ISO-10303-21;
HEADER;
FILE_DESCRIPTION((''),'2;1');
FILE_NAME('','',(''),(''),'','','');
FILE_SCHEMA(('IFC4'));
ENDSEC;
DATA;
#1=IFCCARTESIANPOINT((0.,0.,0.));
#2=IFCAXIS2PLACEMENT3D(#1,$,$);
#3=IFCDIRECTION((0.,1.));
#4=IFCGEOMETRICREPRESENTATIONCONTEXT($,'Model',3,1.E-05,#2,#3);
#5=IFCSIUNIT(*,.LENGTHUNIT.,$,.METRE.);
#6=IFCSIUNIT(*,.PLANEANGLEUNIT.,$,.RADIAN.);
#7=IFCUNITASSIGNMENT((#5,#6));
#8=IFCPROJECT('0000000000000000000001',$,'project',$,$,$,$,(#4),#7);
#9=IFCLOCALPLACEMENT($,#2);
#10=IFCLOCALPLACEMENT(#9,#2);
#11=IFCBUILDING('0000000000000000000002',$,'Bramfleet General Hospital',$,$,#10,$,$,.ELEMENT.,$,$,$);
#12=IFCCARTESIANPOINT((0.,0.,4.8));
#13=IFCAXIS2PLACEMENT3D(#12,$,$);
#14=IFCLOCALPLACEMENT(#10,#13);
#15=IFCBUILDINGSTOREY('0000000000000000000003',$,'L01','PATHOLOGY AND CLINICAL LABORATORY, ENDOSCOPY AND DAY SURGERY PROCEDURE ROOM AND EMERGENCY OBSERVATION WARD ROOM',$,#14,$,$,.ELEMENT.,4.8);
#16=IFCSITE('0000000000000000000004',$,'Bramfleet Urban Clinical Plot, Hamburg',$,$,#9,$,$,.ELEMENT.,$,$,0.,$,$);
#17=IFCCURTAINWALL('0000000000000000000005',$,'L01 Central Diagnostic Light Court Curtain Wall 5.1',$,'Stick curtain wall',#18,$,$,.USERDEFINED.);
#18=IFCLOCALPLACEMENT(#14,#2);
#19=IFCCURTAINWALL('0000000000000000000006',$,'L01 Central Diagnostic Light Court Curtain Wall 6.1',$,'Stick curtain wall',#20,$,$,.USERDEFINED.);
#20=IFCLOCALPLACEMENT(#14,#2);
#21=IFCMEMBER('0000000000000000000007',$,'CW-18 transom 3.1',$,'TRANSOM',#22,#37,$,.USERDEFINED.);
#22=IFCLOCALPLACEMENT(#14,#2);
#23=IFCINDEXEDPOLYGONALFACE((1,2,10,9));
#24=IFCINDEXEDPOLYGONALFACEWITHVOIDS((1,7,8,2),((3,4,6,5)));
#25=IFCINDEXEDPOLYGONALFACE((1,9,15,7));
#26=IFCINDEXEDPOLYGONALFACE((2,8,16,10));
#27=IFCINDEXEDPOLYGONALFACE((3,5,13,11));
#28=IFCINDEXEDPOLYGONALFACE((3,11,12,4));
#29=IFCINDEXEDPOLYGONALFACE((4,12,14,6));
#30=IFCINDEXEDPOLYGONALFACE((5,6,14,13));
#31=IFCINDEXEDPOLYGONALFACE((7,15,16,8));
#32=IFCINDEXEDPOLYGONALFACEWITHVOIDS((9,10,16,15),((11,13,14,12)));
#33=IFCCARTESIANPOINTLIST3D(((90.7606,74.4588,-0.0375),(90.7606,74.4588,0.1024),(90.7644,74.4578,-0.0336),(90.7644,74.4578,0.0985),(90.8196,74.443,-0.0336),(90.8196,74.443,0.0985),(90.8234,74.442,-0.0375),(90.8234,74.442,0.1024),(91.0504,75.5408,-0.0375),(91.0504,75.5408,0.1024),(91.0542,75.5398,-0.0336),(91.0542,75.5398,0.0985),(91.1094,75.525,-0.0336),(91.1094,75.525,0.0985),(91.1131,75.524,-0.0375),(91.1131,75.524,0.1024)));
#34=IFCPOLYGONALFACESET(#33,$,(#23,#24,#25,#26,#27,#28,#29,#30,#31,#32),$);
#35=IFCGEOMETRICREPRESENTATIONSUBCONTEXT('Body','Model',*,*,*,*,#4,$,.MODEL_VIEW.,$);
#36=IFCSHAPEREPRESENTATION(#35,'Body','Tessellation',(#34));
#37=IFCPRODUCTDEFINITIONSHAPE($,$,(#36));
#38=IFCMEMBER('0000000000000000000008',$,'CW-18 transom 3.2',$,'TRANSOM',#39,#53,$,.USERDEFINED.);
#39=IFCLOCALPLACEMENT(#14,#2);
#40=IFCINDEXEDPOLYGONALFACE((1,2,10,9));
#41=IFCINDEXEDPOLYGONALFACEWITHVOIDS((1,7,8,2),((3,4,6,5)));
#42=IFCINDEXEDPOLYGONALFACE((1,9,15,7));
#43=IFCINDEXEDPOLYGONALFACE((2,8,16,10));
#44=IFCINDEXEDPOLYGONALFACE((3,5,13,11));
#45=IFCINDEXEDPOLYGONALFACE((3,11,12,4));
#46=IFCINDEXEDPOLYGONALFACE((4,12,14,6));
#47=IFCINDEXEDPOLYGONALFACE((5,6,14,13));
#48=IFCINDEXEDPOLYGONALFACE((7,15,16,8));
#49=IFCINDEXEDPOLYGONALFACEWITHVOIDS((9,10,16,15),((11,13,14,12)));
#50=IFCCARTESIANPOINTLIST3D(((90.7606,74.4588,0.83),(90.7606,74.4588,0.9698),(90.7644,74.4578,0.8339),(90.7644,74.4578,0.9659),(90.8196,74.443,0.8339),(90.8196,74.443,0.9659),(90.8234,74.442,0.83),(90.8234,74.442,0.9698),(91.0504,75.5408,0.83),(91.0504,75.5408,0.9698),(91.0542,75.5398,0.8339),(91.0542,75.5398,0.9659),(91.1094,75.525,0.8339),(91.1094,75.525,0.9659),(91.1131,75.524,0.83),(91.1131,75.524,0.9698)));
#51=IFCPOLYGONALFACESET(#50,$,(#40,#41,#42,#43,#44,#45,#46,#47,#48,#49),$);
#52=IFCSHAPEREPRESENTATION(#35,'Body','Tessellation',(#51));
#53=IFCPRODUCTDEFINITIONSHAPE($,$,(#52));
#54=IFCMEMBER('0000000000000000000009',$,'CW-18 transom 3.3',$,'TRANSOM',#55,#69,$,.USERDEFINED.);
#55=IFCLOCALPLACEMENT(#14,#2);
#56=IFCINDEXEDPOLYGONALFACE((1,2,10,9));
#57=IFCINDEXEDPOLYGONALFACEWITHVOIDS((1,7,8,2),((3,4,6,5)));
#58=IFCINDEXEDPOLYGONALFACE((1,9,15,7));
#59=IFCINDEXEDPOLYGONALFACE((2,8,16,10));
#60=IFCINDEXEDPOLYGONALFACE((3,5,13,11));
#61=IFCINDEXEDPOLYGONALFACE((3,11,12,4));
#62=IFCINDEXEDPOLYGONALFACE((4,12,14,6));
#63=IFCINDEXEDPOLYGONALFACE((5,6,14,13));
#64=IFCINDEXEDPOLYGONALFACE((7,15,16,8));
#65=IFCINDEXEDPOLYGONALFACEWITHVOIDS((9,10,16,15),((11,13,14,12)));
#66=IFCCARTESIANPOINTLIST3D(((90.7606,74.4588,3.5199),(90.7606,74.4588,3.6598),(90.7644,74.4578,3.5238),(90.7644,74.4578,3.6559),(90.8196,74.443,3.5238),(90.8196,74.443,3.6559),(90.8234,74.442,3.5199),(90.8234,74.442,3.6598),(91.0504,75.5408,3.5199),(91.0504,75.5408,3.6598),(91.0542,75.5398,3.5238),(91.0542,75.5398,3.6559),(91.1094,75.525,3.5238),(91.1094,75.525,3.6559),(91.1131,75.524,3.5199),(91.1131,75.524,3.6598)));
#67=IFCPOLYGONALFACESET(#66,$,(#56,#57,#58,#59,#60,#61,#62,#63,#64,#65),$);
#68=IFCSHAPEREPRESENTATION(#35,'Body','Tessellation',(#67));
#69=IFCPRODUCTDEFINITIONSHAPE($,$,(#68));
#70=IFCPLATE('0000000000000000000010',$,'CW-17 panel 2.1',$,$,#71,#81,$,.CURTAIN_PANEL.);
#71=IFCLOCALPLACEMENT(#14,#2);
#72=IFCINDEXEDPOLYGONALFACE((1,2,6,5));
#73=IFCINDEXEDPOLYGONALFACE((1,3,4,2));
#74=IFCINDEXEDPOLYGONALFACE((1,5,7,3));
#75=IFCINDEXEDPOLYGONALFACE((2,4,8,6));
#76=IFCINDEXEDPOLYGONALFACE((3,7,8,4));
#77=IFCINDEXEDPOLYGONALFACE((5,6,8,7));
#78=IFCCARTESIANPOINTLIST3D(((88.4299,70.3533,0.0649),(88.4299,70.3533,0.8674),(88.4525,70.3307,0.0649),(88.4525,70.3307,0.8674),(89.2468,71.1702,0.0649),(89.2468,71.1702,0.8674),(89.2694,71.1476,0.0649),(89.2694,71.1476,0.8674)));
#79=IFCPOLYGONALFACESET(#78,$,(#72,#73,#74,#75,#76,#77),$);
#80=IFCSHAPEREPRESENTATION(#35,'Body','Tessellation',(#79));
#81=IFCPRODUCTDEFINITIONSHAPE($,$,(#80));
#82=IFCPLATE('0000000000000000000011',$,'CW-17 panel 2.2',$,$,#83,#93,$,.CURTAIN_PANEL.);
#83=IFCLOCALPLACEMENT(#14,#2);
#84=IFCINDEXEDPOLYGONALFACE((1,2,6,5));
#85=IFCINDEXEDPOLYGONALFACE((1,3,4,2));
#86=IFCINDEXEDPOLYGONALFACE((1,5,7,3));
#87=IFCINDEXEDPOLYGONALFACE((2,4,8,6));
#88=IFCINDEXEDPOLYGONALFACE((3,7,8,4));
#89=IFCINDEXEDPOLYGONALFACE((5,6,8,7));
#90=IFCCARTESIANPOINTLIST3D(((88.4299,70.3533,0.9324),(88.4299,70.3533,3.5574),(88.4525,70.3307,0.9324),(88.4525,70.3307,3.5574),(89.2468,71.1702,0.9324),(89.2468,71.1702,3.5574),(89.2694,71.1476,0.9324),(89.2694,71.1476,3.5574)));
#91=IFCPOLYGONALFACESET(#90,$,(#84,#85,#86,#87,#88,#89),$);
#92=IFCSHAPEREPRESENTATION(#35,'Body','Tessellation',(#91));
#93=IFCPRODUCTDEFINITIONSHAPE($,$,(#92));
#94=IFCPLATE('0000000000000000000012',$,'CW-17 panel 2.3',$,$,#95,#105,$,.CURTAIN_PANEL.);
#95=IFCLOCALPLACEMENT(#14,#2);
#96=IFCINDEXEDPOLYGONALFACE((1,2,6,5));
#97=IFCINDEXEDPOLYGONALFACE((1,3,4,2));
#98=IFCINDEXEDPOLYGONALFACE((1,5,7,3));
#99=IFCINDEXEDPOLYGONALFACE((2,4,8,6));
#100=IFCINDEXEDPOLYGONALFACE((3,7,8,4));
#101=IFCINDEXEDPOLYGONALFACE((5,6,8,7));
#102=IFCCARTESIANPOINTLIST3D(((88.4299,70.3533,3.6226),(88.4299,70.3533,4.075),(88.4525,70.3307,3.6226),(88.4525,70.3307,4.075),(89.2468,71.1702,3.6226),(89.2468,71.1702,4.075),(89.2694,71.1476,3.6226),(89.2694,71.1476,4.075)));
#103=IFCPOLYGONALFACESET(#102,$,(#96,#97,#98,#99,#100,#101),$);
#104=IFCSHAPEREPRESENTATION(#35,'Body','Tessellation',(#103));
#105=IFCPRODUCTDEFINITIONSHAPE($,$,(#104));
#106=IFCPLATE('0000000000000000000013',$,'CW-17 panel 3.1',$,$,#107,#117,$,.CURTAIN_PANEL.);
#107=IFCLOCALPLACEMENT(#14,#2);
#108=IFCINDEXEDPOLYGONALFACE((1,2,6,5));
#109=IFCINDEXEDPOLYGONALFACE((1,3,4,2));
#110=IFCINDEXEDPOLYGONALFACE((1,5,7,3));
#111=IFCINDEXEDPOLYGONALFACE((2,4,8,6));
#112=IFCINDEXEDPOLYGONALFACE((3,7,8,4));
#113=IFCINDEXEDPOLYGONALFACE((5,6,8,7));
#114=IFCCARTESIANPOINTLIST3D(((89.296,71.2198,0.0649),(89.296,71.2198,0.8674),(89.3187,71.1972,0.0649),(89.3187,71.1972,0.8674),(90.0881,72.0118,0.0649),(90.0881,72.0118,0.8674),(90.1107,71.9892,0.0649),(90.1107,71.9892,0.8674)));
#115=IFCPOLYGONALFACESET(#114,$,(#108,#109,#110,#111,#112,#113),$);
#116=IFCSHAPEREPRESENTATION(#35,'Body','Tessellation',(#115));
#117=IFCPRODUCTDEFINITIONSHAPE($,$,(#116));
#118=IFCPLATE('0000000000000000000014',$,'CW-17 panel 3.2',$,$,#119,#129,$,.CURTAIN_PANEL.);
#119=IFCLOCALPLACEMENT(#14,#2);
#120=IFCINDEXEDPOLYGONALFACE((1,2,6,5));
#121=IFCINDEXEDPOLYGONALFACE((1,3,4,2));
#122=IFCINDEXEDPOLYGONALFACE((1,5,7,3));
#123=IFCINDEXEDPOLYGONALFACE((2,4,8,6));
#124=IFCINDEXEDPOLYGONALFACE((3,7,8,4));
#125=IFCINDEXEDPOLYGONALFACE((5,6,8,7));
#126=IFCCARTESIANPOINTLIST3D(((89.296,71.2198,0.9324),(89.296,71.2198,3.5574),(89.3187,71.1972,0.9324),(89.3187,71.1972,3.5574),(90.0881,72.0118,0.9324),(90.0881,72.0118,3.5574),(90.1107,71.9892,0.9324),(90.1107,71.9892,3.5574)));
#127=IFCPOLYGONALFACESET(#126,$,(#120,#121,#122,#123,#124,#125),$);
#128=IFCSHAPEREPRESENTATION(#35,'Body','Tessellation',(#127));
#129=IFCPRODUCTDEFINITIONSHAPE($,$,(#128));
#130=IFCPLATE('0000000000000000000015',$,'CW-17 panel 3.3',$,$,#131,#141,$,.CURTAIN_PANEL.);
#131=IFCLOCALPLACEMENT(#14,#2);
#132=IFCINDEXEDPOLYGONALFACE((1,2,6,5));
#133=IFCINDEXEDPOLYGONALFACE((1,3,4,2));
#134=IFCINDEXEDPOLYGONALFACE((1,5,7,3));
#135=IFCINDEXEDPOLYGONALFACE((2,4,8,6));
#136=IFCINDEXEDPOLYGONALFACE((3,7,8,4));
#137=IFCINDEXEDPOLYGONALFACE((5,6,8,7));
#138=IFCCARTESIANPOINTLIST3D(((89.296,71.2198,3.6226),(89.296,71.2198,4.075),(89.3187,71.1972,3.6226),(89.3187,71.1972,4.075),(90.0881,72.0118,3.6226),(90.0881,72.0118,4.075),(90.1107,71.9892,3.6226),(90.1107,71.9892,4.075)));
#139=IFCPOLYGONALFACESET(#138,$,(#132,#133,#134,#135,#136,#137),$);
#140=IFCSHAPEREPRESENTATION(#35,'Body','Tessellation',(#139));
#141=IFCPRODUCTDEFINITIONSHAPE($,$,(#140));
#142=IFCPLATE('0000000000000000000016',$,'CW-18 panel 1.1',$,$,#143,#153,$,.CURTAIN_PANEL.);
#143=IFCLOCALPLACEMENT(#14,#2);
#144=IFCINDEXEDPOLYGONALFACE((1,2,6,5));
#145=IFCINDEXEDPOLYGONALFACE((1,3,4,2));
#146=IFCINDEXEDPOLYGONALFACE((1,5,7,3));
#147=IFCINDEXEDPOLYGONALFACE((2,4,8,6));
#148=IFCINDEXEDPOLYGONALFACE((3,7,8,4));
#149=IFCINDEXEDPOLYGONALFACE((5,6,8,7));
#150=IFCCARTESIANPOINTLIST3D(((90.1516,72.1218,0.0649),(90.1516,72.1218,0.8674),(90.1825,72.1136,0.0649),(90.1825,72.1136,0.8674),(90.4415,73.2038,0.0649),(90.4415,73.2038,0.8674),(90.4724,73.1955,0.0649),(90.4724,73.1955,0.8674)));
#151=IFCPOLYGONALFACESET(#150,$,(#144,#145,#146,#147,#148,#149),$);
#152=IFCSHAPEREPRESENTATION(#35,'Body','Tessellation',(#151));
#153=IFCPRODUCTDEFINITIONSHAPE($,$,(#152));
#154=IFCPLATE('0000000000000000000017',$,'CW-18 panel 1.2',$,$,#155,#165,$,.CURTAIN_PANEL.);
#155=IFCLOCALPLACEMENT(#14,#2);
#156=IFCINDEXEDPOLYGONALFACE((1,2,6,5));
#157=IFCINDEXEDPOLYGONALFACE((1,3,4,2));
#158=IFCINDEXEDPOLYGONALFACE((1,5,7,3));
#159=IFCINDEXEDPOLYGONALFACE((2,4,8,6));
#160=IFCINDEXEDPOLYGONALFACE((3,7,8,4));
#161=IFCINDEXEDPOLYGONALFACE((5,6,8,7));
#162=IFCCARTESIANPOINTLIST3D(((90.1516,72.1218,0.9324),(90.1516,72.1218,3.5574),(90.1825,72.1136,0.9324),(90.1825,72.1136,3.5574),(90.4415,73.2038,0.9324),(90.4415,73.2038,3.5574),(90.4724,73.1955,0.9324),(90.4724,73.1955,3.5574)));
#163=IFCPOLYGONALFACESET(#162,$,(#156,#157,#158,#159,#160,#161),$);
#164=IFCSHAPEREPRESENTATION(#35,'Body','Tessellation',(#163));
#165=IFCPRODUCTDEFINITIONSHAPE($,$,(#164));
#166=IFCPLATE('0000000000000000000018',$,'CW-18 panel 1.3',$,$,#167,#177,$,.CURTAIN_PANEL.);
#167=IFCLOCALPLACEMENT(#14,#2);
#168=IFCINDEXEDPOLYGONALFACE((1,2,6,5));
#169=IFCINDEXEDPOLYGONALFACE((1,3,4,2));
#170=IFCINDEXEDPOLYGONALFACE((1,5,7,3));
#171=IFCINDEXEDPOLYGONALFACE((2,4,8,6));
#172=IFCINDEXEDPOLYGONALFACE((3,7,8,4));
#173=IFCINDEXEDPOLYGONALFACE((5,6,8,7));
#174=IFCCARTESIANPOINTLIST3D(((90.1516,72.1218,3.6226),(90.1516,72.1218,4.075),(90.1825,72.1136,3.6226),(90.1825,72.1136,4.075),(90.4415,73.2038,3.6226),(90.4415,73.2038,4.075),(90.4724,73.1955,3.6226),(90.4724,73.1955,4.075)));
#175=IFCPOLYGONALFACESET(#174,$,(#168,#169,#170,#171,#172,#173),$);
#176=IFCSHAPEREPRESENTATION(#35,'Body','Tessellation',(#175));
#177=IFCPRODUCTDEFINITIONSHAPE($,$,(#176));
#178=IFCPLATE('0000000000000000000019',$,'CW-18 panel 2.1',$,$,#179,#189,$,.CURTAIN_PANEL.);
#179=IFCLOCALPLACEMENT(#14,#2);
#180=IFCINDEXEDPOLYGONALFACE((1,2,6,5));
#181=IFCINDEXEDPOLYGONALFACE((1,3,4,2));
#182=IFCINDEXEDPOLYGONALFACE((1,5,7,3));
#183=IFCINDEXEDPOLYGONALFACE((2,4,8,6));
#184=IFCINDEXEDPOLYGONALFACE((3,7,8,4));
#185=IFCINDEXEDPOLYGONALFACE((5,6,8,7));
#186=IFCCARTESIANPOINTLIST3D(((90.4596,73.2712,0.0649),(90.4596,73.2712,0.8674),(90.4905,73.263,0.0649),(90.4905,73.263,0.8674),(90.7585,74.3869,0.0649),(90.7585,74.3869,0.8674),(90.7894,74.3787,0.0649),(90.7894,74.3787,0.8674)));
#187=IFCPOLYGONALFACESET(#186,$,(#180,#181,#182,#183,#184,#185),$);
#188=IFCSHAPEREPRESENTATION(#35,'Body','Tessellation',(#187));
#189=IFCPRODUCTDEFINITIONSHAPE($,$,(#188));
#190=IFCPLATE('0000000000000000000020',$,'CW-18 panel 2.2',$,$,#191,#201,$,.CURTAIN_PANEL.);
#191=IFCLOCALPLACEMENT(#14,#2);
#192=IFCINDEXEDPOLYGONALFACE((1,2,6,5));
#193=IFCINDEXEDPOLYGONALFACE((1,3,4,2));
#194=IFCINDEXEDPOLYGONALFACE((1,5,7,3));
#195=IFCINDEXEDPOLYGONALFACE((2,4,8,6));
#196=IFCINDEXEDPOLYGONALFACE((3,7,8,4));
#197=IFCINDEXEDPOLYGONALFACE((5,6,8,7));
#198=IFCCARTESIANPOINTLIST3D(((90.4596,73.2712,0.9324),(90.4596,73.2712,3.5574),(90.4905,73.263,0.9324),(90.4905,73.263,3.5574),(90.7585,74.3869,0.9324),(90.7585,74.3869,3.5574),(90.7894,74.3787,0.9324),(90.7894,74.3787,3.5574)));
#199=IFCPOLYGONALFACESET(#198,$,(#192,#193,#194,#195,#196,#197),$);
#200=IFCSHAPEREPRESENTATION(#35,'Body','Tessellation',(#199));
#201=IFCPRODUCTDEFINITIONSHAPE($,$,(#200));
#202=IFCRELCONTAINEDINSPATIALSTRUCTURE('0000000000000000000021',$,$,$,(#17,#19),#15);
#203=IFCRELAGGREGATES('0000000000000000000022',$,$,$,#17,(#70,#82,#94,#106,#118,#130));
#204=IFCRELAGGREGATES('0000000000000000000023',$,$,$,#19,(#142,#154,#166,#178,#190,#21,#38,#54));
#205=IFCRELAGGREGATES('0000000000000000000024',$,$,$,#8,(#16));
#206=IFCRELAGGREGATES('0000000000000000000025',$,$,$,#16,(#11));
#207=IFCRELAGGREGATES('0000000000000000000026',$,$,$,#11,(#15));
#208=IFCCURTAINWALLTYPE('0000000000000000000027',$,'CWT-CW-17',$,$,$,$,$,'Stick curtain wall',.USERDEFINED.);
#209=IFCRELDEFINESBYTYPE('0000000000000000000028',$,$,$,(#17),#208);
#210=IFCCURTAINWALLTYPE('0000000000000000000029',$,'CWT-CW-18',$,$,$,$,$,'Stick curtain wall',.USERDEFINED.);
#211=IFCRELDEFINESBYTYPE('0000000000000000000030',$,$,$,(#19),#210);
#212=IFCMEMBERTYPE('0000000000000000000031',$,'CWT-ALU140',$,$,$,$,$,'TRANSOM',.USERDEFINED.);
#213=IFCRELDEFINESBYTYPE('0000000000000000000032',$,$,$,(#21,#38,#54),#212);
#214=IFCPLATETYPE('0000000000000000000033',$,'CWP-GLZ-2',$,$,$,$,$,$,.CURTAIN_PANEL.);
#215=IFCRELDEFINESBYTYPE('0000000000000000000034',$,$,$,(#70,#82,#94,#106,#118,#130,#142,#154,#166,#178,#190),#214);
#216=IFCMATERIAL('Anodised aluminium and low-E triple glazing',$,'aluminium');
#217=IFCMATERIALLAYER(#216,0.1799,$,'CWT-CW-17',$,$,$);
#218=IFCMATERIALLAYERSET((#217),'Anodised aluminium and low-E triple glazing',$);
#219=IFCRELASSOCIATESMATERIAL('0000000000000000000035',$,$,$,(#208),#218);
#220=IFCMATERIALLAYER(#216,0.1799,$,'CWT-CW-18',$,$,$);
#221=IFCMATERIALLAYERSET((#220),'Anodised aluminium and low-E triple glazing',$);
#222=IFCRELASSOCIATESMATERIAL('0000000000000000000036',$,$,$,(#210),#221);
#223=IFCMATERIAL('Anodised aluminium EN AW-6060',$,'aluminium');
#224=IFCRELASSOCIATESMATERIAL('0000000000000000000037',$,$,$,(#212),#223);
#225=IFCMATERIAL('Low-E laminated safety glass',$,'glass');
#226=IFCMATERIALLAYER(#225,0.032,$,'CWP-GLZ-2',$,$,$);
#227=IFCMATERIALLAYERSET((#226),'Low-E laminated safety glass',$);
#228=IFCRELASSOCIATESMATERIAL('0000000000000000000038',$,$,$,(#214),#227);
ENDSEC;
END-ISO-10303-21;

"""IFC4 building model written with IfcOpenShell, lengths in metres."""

from ifc_helpers import new_model, si_unit, direction, frame, origin, origin_2d, place, context, subcontext, project, spatial, rectangle, hollow_rectangle, extrude, material, layer, layer_set, material_profile, profile_set, type_object, element, aggregate, save


model = new_model("IFC4")

# Units and contexts
model_context = context("Model", 3, precision=1e-05, world=origin(), true_north=direction((0.0, 1.0)))
body_context = subcontext(model_context, "Body", "Model", "MODEL_VIEW")
ifc_project = project(units=[si_unit("LENGTHUNIT", "METRE"), si_unit("PLANEANGLEUNIT", "RADIAN")], contexts=[model_context])

# Site, building, storey
site_placement = place(None, origin())
site = spatial("IfcSite", under=ifc_project, at=site_placement, Name="Bramfleet Urban Clinical Plot, Hamburg", CompositionType="ELEMENT", RefElevation=0.0)
building_placement = place(site_placement, origin())
building = spatial("IfcBuilding", under=site, at=building_placement, Name="Bramfleet General Hospital", CompositionType="ELEMENT")
storey_placement = place(building_placement, frame((0.0, 0.0, 4.8)))
storey = spatial("IfcBuildingStorey", under=building, at=storey_placement, Name="L01", Description="PATHOLOGY AND CLINICAL LABORATORY, ENDOSCOPY AND DAY SURGERY PROCEDURE ROOM AND EMERGENCY OBSERVATION WARD ROOM", CompositionType="ELEMENT", Elevation=4.8)

# Curtain walls
ifc_material_1 = material(Name="Anodised aluminium and low-E triple glazing", Category="aluminium")
ifc_layer_1 = layer(ifc_material_1, 0.1799, Name="CWT-CW-17")
ifc_layer_set_1 = layer_set([ifc_layer_1], Name="Anodised aluminium and low-E triple glazing")
curtain_wall_type_1 = type_object("IfcCurtainWallType", Name="CWT-CW-17", ElementType="Stick curtain wall", PredefinedType="USERDEFINED", material=ifc_layer_set_1)
curtain_wall_1_placement = place(storey_placement, origin())
curtain_wall_1 = element("IfcCurtainWall", 1, at=curtain_wall_1_placement, inside=storey, type_object=curtain_wall_type_1, Name="L01 Central Diagnostic Light Court Curtain Wall 5.1", ObjectType="Stick curtain wall", PredefinedType="USERDEFINED")
ifc_material_2 = material(Name="Anodised aluminium EN AW-6060", Category="aluminium")
ifc_layer_2 = layer(ifc_material_1, 0.1799, Name="CWT-CW-18")
ifc_layer_set_2 = layer_set([ifc_layer_2], Name="Anodised aluminium and low-E triple glazing")
curtain_wall_type_2 = type_object("IfcCurtainWallType", Name="CWT-CW-18", ElementType="Stick curtain wall", PredefinedType="USERDEFINED", material=ifc_layer_set_2)
curtain_wall_2_placement = place(storey_placement, origin())
curtain_wall_2 = element("IfcCurtainWall", 2, at=curtain_wall_2_placement, inside=storey, type_object=curtain_wall_type_2, Name="L01 Central Diagnostic Light Court Curtain Wall 6.1", ObjectType="Stick curtain wall", PredefinedType="USERDEFINED")

# Members
ifc_material_profile_1 = material_profile(ifc_material_2, hollow_rectangle(XDim=0.0649, YDim=0.1399, WallThickness=0.0039, at=origin_2d()), Name="ALU 140x65x4.0")
ifc_profile_set_1 = profile_set([ifc_material_profile_1], Name="Anodised aluminium EN AW-6060")
member_type_1 = type_object("IfcMemberType", Name="CWT-ALU140", ElementType="TRANSOM", PredefinedType="USERDEFINED", material=ifc_profile_set_1)
member_1_placement = place(storey_placement, frame((90.792, 74.4504, 0.0325), z_axis=(0.258707, 0.965956, 0.0), x_axis=(-0.965956, 0.258707, 0.0)))
member_1 = element("IfcMember", 3, at=member_1_placement, type_object=member_type_1, Name="CW-18 transom 3.1", ObjectType="TRANSOM", PredefinedType="USERDEFINED", context=body_context, shape_type="SweptSolid", body=[
    extrude(hollow_rectangle(XDim=0.0649, YDim=0.1399, WallThickness=0.0039, at=origin_2d()), origin(), (0.0, 0.0, 1.0), 1.1201),
])
member_2_placement = place(storey_placement, frame((90.792, 74.4504, 0.8999), z_axis=(0.258707, 0.965956, 0.0), x_axis=(-0.965956, 0.258707, 0.0)))
member_2 = element("IfcMember", 4, at=member_2_placement, type_object=member_type_1, Name="CW-18 transom 3.2", ObjectType="TRANSOM", PredefinedType="USERDEFINED", context=body_context, shape_type="SweptSolid", body=[
    extrude(hollow_rectangle(XDim=0.0649, YDim=0.1399, WallThickness=0.0039, at=origin_2d()), origin(), (0.0, 0.0, 1.0), 1.1201),
])
member_3_placement = place(storey_placement, frame((90.792, 74.4504, 3.5898), z_axis=(0.258707, 0.965956, 0.0), x_axis=(-0.965956, 0.258707, 0.0)))
member_3 = element("IfcMember", 5, at=member_3_placement, type_object=member_type_1, Name="CW-18 transom 3.3", ObjectType="TRANSOM", PredefinedType="USERDEFINED", context=body_context, shape_type="SweptSolid", body=[
    extrude(hollow_rectangle(XDim=0.0649, YDim=0.1399, WallThickness=0.0039, at=origin_2d()), origin(), (0.0, 0.0, 1.0), 1.1201),
])

# Plates
ifc_material_3 = material(Name="Low-E laminated safety glass", Category="glass")
ifc_layer_3 = layer(ifc_material_3, 0.032, Name="CWP-GLZ-2")
ifc_layer_set_3 = layer_set([ifc_layer_3], Name="Low-E laminated safety glass")
plate_type = type_object("IfcPlateType", Name="CWP-GLZ-2", PredefinedType="CURTAIN_PANEL", material=ifc_layer_set_3)
plate_1_placement = place(storey_placement, frame((88.8496, 70.7505, 0.0649), z_axis=(0.0, 0.0, 1.0), x_axis=(0.707107, 0.707107, 0.0)))
plate_1 = element("IfcPlate", 6, at=plate_1_placement, type_object=plate_type, Name="CW-17 panel 2.1", PredefinedType="CURTAIN_PANEL", context=body_context, shape_type="SweptSolid", body=[
    extrude(rectangle(XDim=1.1553, YDim=0.032, at=origin_2d()), origin(), (0.0, 0.0, 1.0), 0.8025),
])
plate_2_placement = place(storey_placement, frame((88.8496, 70.7505, 0.9324), z_axis=(0.0, 0.0, 1.0), x_axis=(0.707107, 0.707107, 0.0)))
plate_2 = element("IfcPlate", 7, at=plate_2_placement, type_object=plate_type, Name="CW-17 panel 2.2", PredefinedType="CURTAIN_PANEL", context=body_context, shape_type="SweptSolid", body=[
    extrude(rectangle(XDim=1.1553, YDim=0.032, at=origin_2d()), origin(), (0.0, 0.0, 1.0), 2.625),
])
plate_3_placement = place(storey_placement, frame((88.8496, 70.7505, 3.6226), z_axis=(0.0, 0.0, 1.0), x_axis=(0.707107, 0.707107, 0.0)))
plate_3 = element("IfcPlate", 8, at=plate_3_placement, type_object=plate_type, Name="CW-17 panel 2.3", PredefinedType="CURTAIN_PANEL", context=body_context, shape_type="SweptSolid", body=[
    extrude(rectangle(XDim=1.1553, YDim=0.032, at=origin_2d()), origin(), (0.0, 0.0, 1.0), 0.4524),
])
plate_4_placement = place(storey_placement, frame((89.7034, 71.6045, 0.0649), z_axis=(0.0, 0.0, 1.0), x_axis=(0.707107, 0.707107, 0.0)))
plate_4 = element("IfcPlate", 9, at=plate_4_placement, type_object=plate_type, Name="CW-17 panel 3.1", PredefinedType="CURTAIN_PANEL", context=body_context, shape_type="SweptSolid", body=[
    extrude(rectangle(XDim=1.1201, YDim=0.032, at=origin_2d()), origin(), (0.0, 0.0, 1.0), 0.8025),
])
plate_5_placement = place(storey_placement, frame((89.7034, 71.6045, 0.9324), z_axis=(0.0, 0.0, 1.0), x_axis=(0.707107, 0.707107, 0.0)))
plate_5 = element("IfcPlate", 10, at=plate_5_placement, type_object=plate_type, Name="CW-17 panel 3.2", PredefinedType="CURTAIN_PANEL", context=body_context, shape_type="SweptSolid", body=[
    extrude(rectangle(XDim=1.1201, YDim=0.032, at=origin_2d()), origin(), (0.0, 0.0, 1.0), 2.625),
])
plate_6_placement = place(storey_placement, frame((89.7034, 71.6045, 3.6226), z_axis=(0.0, 0.0, 1.0), x_axis=(0.707107, 0.707107, 0.0)))
plate_6 = element("IfcPlate", 11, at=plate_6_placement, type_object=plate_type, Name="CW-17 panel 3.3", PredefinedType="CURTAIN_PANEL", context=body_context, shape_type="SweptSolid", body=[
    extrude(rectangle(XDim=1.1201, YDim=0.032, at=origin_2d()), origin(), (0.0, 0.0, 1.0), 0.4524),
])
aggregate(curtain_wall_1, [plate_1, plate_2, plate_3, plate_4, plate_5, plate_6])
plate_7_placement = place(storey_placement, frame((90.312, 72.6587, 0.0649), z_axis=(0.0, 0.0, 1.0), x_axis=(0.258763, 0.965941, 0.0)))
plate_7 = element("IfcPlate", 12, at=plate_7_placement, type_object=plate_type, Name="CW-18 panel 1.1", PredefinedType="CURTAIN_PANEL", context=body_context, shape_type="SweptSolid", body=[
    extrude(rectangle(XDim=1.1201, YDim=0.032, at=origin_2d()), origin(), (0.0, 0.0, 1.0), 0.8025),
])
plate_8_placement = place(storey_placement, frame((90.312, 72.6587, 0.9324), z_axis=(0.0, 0.0, 1.0), x_axis=(0.258763, 0.965941, 0.0)))
plate_8 = element("IfcPlate", 13, at=plate_8_placement, type_object=plate_type, Name="CW-18 panel 1.2", PredefinedType="CURTAIN_PANEL", context=body_context, shape_type="SweptSolid", body=[
    extrude(rectangle(XDim=1.1201, YDim=0.032, at=origin_2d()), origin(), (0.0, 0.0, 1.0), 2.625),
])
plate_9_placement = place(storey_placement, frame((90.312, 72.6587, 3.6226), z_axis=(0.0, 0.0, 1.0), x_axis=(0.258763, 0.965941, 0.0)))
plate_9 = element("IfcPlate", 14, at=plate_9_placement, type_object=plate_type, Name="CW-18 panel 1.3", PredefinedType="CURTAIN_PANEL", context=body_context, shape_type="SweptSolid", body=[
    extrude(rectangle(XDim=1.1201, YDim=0.032, at=origin_2d()), origin(), (0.0, 0.0, 1.0), 0.4524),
])
plate_10_placement = place(storey_placement, frame((90.6245, 73.825, 0.0649), z_axis=(0.0, 0.0, 1.0), x_axis=(0.258763, 0.965941, 0.0)))
plate_10 = element("IfcPlate", 15, at=plate_10_placement, type_object=plate_type, Name="CW-18 panel 2.1", PredefinedType="CURTAIN_PANEL", context=body_context, shape_type="SweptSolid", body=[
    extrude(rectangle(XDim=1.155, YDim=0.032, at=origin_2d()), origin(), (0.0, 0.0, 1.0), 0.8025),
])
plate_11_placement = place(storey_placement, frame((90.6245, 73.825, 0.9324), z_axis=(0.0, 0.0, 1.0), x_axis=(0.258763, 0.965941, 0.0)))
plate_11 = element("IfcPlate", 16, at=plate_11_placement, type_object=plate_type, Name="CW-18 panel 2.2", PredefinedType="CURTAIN_PANEL", context=body_context, shape_type="SweptSolid", body=[
    extrude(rectangle(XDim=1.155, YDim=0.032, at=origin_2d()), origin(), (0.0, 0.0, 1.0), 2.625),
])
aggregate(curtain_wall_2, [plate_7, plate_8, plate_9, plate_10, plate_11, member_1, member_2, member_3])

save(model, "model.ifc")
